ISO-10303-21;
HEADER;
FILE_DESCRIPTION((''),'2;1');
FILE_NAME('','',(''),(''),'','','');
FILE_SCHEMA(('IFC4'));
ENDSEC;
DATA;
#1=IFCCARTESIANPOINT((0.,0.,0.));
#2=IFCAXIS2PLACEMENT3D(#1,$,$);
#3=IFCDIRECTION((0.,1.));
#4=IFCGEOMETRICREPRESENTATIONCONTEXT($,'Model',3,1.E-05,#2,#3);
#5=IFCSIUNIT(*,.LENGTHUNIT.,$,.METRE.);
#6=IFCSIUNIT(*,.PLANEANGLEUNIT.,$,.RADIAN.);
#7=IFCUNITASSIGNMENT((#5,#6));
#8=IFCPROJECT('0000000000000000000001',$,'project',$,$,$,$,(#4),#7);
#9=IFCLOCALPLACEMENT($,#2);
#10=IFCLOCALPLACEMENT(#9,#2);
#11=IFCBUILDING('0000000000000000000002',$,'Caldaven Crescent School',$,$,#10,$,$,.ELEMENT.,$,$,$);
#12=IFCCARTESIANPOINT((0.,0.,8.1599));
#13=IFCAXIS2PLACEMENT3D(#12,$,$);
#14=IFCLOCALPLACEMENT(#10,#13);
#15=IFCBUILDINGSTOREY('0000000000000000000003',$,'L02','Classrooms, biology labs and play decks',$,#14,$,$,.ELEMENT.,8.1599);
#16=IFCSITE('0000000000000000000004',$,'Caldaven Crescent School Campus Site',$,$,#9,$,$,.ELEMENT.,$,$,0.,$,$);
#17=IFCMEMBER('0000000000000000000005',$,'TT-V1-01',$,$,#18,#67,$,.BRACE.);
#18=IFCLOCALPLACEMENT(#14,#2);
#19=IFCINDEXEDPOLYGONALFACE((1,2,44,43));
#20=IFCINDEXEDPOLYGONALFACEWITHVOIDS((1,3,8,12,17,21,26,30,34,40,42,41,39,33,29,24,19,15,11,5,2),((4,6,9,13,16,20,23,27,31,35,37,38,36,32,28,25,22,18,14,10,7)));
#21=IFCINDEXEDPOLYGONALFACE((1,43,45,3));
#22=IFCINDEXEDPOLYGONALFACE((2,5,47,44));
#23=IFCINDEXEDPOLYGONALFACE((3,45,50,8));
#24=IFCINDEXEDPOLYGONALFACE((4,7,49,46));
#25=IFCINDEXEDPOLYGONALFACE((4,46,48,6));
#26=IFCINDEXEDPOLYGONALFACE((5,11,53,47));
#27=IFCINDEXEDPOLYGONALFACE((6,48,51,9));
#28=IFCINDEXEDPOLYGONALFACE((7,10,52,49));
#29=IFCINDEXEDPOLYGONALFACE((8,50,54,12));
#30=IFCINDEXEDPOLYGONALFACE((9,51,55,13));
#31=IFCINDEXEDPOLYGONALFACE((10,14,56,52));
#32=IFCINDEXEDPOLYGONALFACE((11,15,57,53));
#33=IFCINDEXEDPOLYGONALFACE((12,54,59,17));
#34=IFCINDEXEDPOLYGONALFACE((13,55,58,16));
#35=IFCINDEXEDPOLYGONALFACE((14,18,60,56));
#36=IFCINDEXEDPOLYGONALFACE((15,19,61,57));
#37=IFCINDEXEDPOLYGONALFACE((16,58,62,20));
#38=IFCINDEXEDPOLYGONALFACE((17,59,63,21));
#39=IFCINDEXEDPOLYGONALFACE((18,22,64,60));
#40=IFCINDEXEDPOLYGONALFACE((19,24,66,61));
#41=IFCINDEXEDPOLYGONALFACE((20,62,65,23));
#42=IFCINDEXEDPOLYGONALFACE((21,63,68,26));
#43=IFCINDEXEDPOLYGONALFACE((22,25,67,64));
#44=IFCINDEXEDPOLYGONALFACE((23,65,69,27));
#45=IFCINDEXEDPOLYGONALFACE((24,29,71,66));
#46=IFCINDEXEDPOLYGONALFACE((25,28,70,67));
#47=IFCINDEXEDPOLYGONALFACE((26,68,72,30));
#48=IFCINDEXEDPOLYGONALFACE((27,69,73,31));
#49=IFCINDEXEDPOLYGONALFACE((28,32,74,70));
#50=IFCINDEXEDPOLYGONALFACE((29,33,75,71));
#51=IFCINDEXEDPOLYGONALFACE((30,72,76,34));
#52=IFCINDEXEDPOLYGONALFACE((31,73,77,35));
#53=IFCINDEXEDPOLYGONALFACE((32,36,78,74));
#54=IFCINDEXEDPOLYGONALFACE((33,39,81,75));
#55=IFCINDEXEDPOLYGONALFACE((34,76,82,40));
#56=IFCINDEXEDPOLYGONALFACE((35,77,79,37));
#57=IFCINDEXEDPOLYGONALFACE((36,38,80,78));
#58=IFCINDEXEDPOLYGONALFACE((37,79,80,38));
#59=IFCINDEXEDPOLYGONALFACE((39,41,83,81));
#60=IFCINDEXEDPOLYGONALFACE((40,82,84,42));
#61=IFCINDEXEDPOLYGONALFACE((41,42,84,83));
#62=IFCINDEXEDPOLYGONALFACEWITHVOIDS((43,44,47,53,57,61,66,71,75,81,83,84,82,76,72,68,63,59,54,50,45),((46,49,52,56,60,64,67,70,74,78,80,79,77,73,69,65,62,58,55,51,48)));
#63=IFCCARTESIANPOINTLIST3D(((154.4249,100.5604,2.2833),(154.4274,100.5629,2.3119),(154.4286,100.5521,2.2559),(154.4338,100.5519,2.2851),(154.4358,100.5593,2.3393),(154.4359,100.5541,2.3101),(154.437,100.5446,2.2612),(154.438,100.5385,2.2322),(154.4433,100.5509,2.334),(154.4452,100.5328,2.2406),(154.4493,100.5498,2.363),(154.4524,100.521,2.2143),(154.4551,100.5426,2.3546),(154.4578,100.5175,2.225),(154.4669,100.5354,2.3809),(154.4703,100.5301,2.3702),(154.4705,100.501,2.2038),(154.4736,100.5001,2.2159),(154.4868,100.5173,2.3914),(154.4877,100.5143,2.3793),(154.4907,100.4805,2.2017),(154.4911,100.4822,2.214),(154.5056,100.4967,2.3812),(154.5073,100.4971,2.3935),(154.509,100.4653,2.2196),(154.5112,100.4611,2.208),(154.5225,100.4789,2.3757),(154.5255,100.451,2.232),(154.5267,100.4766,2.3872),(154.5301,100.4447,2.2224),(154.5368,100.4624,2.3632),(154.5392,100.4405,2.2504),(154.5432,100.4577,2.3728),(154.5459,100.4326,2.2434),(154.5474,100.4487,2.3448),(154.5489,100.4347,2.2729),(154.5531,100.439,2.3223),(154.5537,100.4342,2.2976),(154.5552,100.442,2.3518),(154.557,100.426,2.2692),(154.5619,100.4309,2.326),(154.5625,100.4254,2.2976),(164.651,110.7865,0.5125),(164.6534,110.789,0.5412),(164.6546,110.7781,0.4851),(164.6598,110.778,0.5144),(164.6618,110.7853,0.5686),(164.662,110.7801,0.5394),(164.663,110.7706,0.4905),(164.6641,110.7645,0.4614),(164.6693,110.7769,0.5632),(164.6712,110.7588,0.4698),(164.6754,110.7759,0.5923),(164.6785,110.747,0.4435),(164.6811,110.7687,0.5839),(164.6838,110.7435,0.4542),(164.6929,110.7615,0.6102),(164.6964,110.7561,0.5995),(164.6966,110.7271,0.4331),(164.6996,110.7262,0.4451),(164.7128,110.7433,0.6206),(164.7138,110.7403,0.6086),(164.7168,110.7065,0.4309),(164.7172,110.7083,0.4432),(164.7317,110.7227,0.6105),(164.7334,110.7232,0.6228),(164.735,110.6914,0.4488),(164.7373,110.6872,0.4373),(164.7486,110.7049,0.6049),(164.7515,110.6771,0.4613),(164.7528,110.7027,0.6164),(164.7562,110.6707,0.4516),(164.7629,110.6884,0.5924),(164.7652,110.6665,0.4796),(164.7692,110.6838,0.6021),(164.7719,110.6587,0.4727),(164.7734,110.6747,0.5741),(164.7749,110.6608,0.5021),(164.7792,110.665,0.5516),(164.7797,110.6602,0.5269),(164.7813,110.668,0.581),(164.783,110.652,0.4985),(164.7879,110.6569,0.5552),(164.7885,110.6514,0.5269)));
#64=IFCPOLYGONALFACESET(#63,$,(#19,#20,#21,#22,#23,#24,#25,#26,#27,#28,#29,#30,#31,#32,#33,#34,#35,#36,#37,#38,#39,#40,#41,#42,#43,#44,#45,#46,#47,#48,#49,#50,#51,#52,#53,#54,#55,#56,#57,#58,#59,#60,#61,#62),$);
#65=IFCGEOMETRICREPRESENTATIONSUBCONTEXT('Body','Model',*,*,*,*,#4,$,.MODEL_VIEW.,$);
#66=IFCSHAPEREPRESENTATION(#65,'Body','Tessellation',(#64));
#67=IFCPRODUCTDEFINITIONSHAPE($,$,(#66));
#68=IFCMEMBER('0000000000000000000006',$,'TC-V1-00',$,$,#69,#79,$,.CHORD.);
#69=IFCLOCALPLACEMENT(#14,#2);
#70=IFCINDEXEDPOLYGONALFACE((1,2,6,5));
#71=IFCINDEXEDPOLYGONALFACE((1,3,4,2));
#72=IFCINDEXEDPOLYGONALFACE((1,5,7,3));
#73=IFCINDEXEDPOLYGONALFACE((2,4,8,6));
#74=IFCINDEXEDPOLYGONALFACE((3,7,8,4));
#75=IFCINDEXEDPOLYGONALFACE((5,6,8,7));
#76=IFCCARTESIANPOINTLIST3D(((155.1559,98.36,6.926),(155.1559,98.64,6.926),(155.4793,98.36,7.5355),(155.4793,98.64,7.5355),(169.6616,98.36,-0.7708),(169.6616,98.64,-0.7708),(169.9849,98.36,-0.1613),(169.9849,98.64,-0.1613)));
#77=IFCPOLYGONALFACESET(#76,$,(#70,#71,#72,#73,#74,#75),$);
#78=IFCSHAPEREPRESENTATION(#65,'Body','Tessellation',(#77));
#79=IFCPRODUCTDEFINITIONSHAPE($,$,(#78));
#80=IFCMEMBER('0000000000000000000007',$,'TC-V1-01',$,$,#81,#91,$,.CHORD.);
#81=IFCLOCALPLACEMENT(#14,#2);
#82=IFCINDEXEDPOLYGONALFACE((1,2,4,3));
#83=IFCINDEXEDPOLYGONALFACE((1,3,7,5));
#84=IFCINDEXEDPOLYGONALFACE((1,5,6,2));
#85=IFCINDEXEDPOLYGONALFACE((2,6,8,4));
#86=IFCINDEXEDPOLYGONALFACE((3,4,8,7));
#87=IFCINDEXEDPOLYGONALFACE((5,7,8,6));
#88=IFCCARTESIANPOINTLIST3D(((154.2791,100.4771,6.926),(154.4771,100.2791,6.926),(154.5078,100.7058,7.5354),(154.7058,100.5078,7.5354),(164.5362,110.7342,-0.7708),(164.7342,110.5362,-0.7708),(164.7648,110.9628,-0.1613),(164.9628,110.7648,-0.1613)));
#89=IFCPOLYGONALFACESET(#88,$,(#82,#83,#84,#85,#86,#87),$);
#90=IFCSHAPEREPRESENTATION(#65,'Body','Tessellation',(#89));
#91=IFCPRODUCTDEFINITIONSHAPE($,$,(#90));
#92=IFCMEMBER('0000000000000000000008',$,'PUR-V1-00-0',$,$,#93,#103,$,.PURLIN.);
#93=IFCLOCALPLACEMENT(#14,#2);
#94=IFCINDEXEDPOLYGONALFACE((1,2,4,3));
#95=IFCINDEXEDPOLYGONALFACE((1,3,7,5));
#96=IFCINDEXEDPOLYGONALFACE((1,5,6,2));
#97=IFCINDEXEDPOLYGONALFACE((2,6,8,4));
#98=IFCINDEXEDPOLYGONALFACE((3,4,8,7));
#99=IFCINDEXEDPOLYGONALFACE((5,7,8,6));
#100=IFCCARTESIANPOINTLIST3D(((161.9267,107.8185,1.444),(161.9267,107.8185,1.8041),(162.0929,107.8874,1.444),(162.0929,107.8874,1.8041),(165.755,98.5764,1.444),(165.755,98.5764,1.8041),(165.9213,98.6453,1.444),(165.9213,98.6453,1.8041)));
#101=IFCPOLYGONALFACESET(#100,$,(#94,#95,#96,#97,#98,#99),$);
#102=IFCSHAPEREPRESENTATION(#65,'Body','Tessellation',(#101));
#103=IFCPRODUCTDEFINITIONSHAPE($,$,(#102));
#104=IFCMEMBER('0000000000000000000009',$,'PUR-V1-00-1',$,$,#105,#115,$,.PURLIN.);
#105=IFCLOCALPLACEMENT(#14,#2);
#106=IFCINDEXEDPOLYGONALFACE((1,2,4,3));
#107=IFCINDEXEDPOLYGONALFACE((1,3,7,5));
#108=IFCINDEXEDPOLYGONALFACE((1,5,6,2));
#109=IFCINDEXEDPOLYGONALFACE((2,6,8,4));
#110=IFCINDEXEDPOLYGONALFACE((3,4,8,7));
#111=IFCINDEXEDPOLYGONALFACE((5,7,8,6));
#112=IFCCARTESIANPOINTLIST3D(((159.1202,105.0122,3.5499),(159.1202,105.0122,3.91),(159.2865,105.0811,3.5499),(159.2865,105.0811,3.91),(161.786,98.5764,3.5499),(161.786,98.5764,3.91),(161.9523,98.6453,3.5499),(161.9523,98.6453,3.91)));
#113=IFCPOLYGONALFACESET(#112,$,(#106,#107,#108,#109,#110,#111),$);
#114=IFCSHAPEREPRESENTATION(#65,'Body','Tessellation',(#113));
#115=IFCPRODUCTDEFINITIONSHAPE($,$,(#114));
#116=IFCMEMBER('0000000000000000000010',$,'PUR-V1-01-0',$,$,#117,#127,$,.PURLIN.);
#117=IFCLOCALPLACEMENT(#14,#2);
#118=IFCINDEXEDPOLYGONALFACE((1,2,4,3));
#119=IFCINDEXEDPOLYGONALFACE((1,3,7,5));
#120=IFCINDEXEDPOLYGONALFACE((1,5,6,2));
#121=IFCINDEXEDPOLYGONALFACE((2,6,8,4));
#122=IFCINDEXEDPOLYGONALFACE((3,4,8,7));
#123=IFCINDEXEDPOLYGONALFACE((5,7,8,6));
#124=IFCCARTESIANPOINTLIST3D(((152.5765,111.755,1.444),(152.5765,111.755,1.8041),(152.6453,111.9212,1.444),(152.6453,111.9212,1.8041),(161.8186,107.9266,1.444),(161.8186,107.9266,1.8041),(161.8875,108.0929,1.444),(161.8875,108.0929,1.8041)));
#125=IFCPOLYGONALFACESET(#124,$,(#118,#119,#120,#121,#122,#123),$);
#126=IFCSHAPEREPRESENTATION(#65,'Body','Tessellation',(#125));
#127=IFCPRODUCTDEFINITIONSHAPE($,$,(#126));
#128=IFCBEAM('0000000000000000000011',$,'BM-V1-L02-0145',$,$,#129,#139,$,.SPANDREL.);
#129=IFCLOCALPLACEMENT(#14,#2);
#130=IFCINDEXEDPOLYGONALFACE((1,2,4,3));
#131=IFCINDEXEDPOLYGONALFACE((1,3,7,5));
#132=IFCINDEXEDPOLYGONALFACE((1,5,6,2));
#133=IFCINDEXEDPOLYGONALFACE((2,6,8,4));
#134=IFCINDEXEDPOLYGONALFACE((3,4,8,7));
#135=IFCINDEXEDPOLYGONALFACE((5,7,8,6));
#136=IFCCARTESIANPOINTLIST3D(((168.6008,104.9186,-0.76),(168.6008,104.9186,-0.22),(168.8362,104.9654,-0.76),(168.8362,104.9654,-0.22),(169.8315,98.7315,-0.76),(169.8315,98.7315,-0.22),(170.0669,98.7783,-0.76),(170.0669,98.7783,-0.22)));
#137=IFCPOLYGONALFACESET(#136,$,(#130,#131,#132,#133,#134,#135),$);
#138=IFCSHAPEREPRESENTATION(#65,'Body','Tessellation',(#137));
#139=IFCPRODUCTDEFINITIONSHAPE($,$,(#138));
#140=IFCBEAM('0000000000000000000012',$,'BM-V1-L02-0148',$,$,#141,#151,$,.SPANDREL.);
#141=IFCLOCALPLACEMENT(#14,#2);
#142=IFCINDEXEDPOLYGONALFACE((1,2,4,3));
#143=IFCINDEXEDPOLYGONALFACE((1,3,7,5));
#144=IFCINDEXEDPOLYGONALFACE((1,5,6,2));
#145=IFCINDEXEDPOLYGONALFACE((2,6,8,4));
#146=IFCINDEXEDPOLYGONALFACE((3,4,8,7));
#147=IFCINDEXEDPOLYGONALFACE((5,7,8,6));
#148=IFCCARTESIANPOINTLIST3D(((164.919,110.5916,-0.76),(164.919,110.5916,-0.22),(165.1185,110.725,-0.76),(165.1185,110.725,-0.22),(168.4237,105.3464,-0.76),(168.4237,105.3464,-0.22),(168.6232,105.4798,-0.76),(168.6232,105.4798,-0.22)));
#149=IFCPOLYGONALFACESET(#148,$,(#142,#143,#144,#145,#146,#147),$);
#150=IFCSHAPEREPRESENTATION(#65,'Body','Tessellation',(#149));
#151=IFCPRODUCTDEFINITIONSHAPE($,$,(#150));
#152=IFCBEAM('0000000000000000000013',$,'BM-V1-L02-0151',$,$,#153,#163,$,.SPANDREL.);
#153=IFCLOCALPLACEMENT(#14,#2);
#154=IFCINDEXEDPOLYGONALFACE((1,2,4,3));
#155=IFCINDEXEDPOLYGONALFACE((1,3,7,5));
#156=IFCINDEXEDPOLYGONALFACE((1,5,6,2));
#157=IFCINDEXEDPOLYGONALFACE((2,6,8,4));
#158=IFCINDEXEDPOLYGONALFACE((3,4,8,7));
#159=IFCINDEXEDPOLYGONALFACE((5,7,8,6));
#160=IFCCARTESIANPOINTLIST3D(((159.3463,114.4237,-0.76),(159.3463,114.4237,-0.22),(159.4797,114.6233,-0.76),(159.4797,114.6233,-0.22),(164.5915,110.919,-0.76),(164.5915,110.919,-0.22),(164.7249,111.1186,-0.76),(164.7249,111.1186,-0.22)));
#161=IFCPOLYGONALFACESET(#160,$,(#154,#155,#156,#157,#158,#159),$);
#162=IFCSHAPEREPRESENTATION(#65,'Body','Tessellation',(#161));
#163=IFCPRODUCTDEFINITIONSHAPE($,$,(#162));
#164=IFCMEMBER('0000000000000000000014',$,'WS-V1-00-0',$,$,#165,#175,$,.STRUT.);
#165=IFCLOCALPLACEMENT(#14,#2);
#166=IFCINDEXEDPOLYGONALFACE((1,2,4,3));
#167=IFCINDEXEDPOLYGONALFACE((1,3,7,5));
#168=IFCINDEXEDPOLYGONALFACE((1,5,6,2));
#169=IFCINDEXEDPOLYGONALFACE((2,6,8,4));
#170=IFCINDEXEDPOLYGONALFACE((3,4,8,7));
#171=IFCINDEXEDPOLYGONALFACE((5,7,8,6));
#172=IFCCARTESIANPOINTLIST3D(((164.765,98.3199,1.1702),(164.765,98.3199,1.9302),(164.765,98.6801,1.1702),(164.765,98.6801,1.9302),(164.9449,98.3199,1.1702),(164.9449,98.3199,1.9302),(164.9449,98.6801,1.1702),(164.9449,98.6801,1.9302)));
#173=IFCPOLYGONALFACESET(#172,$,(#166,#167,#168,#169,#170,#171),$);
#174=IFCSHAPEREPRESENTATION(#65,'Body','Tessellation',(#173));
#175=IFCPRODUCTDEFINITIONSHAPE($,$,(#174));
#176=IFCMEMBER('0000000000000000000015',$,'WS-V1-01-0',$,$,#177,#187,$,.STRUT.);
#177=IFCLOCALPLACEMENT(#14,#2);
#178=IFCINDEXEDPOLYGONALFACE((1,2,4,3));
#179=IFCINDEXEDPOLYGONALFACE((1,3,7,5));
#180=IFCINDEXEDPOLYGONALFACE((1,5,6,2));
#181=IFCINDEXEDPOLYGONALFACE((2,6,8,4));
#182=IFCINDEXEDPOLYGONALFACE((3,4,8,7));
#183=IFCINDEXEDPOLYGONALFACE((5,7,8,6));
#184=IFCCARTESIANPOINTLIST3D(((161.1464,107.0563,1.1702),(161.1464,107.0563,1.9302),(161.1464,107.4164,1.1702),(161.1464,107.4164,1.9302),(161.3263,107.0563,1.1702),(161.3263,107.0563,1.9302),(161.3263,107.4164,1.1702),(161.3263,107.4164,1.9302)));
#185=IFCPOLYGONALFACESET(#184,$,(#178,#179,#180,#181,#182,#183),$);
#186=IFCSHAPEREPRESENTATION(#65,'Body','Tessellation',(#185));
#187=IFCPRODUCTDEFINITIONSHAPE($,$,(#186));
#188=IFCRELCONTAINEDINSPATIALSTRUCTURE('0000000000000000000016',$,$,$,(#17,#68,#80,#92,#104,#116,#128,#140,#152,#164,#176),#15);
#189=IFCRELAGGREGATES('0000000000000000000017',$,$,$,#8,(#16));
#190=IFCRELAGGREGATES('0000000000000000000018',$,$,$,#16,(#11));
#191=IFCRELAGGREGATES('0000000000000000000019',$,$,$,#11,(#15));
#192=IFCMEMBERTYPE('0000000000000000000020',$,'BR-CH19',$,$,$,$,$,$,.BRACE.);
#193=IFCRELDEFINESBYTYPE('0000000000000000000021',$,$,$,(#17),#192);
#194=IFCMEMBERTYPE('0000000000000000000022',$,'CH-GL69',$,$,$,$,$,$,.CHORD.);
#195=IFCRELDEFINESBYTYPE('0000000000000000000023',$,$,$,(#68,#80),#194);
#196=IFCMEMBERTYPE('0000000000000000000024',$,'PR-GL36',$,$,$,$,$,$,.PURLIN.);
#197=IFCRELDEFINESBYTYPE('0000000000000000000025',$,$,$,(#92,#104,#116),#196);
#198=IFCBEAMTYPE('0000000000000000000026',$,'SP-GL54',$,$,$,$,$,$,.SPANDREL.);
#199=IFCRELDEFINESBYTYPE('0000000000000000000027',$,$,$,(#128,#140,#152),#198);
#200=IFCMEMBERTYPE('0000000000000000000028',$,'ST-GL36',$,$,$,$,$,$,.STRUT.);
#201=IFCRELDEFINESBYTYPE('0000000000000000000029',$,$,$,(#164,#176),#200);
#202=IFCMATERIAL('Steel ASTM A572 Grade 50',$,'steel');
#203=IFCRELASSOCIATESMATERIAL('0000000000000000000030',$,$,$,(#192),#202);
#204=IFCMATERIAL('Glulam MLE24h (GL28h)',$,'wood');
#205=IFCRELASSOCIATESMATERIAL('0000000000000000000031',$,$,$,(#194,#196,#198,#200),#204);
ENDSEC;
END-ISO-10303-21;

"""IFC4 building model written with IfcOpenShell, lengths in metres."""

from ifc_helpers import new_model, si_unit, direction, frame, origin, origin_2d, place, context, subcontext, project, spatial, rectangle, hollow_circle, extrude, material, material_profile, profile_set, type_object, element, save


model = new_model("IFC4")

# Units and contexts
model_context = context("Model", 3, precision=1e-05, world=origin(), true_north=direction((0.0, 1.0)))
body_context = subcontext(model_context, "Body", "Model", "MODEL_VIEW")
ifc_project = project(units=[si_unit("LENGTHUNIT", "METRE"), si_unit("PLANEANGLEUNIT", "RADIAN")], contexts=[model_context])

# Site, building, storey
site_placement = place(None, origin())
site = spatial("IfcSite", under=ifc_project, at=site_placement, Name="Caldaven Crescent School Campus Site", CompositionType="ELEMENT", RefElevation=0.0)
building_placement = place(site_placement, origin())
building = spatial("IfcBuilding", under=site, at=building_placement, Name="Caldaven Crescent School", CompositionType="ELEMENT")
storey_placement = place(building_placement, frame((0.0, 0.0, 8.1599)))
storey = spatial("IfcBuildingStorey", under=building, at=storey_placement, Name="L02", Description="Classrooms, biology labs and play decks", CompositionType="ELEMENT", Elevation=8.1599)

# Shared definitions
ifc_material_1 = material(Name="Glulam MLE24h (GL28h)", Category="wood")
ifc_material_2 = material(Name="Steel ASTM A572 Grade 50", Category="steel")

# Members
ifc_material_profile_1 = material_profile(ifc_material_2, hollow_circle(Radius=0.0969, WallThickness=0.0125, at=origin_2d()), Name="CHS 193.7x12.5")
ifc_profile_set_1 = profile_set([ifc_material_profile_1], Name="Steel ASTM A572 Grade 50")
member_type_1 = type_object("IfcMemberType", Name="BR-CH19", PredefinedType="BRACE", material=ifc_profile_set_1)
for number, where, z_axis, x_axis, name in (
    (1, (164.72, 110.72, 0.5269), (-0.701865, -0.701865, 0.121535), (0.707107, -0.707107, 0.0), "TT-V1-01"),
):
    element("IfcMember", number, at=place(storey_placement, frame(where, z_axis=z_axis, x_axis=x_axis)), inside=storey, type_object=member_type_1, Name=name, PredefinedType="BRACE", context=body_context, shape_type="SweptSolid", body=[
        extrude(hollow_circle(Radius=0.0969, WallThickness=0.0125, at=origin_2d()), origin(), (0.0, 0.0, 1.0), 14.5698),
    ])
ifc_material_profile_2 = material_profile(ifc_material_1, rectangle(XDim=0.28, YDim=0.6899, at=origin_2d()), Name="MLE 280x690")
ifc_profile_set_2 = profile_set([ifc_material_profile_2], Name="Glulam MLE24h (GL28h)")
member_type_2 = type_object("IfcMemberType", Name="CH-GL69", PredefinedType="CHORD", material=ifc_profile_set_2)
for number, where, z_axis, x_axis, name in (
    (2, (169.8232, 98.5, -0.4661), (-0.883351, 0.0, 0.468712), (0.0, -1.0, 0.0), "TC-V1-00"),
    (3, (164.7495, 110.7495, -0.4661), (-0.624624, -0.624624, 0.46871), (0.707107, -0.707107, 0.0), "TC-V1-01"),
):
    element("IfcMember", number, at=place(storey_placement, frame(where, z_axis=z_axis, x_axis=x_axis)), inside=storey, type_object=member_type_2, Name=name, PredefinedType="CHORD", context=body_context, shape_type="SweptSolid", body=[
        extrude(rectangle(XDim=0.28, YDim=0.6899, at=origin_2d()), origin(), (0.0, 0.0, 1.0), 16.4211),
    ])
ifc_material_profile_3 = material_profile(ifc_material_1, rectangle(XDim=0.1799, YDim=0.3601, at=origin_2d()), Name="MLE 180x360")
ifc_profile_set_3 = profile_set([ifc_material_profile_3], Name="Glulam MLE24h (GL28h)")
member_type_3 = type_object("IfcMemberType", Name="PR-GL36", PredefinedType="PURLIN", material=ifc_profile_set_3)
member_1_placement = place(storey_placement, frame((165.8381, 98.6108, 1.624), z_axis=(-0.382695, 0.923875, 0.0), x_axis=(-0.923875, -0.382695, 0.0)))
element("IfcMember", 4, at=member_1_placement, inside=storey, type_object=member_type_3, Name="PUR-V1-00-0", PredefinedType="PURLIN", context=body_context, shape_type="SweptSolid", body=[
    extrude(rectangle(XDim=0.1799, YDim=0.3601, at=origin_2d()), origin(), (0.0, 0.0, 1.0), 10.0037),
])
member_2_placement = place(storey_placement, frame((161.8691, 98.6108, 3.73), z_axis=(-0.382681, 0.923881, 0.0), x_axis=(-0.923881, -0.382681, 0.0)))
element("IfcMember", 5, at=member_2_placement, inside=storey, type_object=member_type_3, Name="PUR-V1-00-1", PredefinedType="PURLIN", context=body_context, shape_type="SweptSolid", body=[
    extrude(rectangle(XDim=0.1799, YDim=0.3601, at=origin_2d()), origin(), (0.0, 0.0, 1.0), 6.9661),
])
member_3_placement = place(storey_placement, frame((161.853, 108.0098, 1.624), z_axis=(-0.923875, 0.382695, 0.0), x_axis=(-0.382695, -0.923875, 0.0)))
element("IfcMember", 6, at=member_3_placement, inside=storey, type_object=member_type_3, Name="PUR-V1-01-0", PredefinedType="PURLIN", context=body_context, shape_type="SweptSolid", body=[
    extrude(rectangle(XDim=0.1799, YDim=0.3601, at=origin_2d()), origin(), (0.0, 0.0, 1.0), 10.0037),
])

# Beams
ifc_material_profile_4 = material_profile(ifc_material_1, rectangle(XDim=0.24, YDim=0.54, at=origin_2d()), Name="MLE 240x540")
ifc_profile_set_4 = profile_set([ifc_material_profile_4], Name="Glulam MLE24h (GL28h)")
beam_type_1 = type_object("IfcBeamType", Name="SP-GL54", PredefinedType="SPANDREL", material=ifc_profile_set_4)
for number, where, z_axis, x_axis, name in (
    (7, (169.9492, 98.7549, -0.49), (-0.195096, 0.980784, 0.0), (-0.980784, -0.195096, 0.0), "BM-V1-L02-0145"),
    (8, (168.5234, 105.4131, -0.49), (-0.555566, 0.831472, 0.0), (-0.831472, -0.555566, 0.0), "BM-V1-L02-0148"),
    (9, (164.6582, 111.0188, -0.49), (-0.831472, 0.555566, 0.0), (-0.555566, -0.831472, 0.0), "BM-V1-L02-0151"),
):
    element("IfcBeam", number, at=place(storey_placement, frame(where, z_axis=z_axis, x_axis=x_axis)), inside=storey, type_object=beam_type_1, Name=name, PredefinedType="SPANDREL", context=body_context, shape_type="SweptSolid", body=[
        extrude(rectangle(XDim=0.24, YDim=0.54, at=origin_2d()), origin(), (0.0, 0.0, 1.0), 6.3083),
    ])

# Members
ifc_material_profile_5 = material_profile(ifc_material_1, rectangle(XDim=0.1799, YDim=0.3601, at=origin_2d()), Name="MLE 180x360")
ifc_profile_set_5 = profile_set([ifc_material_profile_5], Name="Glulam MLE24h (GL28h)")
member_type_4 = type_object("IfcMemberType", Name="ST-GL36", PredefinedType="STRUT", material=ifc_profile_set_5)
for number, where, z_axis, x_axis, name in (
    (10, (164.855, 98.5, 1.1702), (0.0, 0.0, 1.0), (1.0, 0.0, 0.0), "WS-V1-00-0"),
    (11, (161.2363, 107.2363, 1.1702), (0.0, 0.0, 1.0), (1.0, 0.0, 0.0), "WS-V1-01-0"),
):
    element("IfcMember", number, at=place(storey_placement, frame(where, z_axis=z_axis, x_axis=x_axis)), inside=storey, type_object=member_type_4, Name=name, PredefinedType="STRUT", context=body_context, shape_type="SweptSolid", body=[
        extrude(rectangle(XDim=0.1799, YDim=0.3601, at=origin_2d()), origin(), (0.0, 0.0, 1.0), 0.76),
    ])

save(model, "model.ifc")
